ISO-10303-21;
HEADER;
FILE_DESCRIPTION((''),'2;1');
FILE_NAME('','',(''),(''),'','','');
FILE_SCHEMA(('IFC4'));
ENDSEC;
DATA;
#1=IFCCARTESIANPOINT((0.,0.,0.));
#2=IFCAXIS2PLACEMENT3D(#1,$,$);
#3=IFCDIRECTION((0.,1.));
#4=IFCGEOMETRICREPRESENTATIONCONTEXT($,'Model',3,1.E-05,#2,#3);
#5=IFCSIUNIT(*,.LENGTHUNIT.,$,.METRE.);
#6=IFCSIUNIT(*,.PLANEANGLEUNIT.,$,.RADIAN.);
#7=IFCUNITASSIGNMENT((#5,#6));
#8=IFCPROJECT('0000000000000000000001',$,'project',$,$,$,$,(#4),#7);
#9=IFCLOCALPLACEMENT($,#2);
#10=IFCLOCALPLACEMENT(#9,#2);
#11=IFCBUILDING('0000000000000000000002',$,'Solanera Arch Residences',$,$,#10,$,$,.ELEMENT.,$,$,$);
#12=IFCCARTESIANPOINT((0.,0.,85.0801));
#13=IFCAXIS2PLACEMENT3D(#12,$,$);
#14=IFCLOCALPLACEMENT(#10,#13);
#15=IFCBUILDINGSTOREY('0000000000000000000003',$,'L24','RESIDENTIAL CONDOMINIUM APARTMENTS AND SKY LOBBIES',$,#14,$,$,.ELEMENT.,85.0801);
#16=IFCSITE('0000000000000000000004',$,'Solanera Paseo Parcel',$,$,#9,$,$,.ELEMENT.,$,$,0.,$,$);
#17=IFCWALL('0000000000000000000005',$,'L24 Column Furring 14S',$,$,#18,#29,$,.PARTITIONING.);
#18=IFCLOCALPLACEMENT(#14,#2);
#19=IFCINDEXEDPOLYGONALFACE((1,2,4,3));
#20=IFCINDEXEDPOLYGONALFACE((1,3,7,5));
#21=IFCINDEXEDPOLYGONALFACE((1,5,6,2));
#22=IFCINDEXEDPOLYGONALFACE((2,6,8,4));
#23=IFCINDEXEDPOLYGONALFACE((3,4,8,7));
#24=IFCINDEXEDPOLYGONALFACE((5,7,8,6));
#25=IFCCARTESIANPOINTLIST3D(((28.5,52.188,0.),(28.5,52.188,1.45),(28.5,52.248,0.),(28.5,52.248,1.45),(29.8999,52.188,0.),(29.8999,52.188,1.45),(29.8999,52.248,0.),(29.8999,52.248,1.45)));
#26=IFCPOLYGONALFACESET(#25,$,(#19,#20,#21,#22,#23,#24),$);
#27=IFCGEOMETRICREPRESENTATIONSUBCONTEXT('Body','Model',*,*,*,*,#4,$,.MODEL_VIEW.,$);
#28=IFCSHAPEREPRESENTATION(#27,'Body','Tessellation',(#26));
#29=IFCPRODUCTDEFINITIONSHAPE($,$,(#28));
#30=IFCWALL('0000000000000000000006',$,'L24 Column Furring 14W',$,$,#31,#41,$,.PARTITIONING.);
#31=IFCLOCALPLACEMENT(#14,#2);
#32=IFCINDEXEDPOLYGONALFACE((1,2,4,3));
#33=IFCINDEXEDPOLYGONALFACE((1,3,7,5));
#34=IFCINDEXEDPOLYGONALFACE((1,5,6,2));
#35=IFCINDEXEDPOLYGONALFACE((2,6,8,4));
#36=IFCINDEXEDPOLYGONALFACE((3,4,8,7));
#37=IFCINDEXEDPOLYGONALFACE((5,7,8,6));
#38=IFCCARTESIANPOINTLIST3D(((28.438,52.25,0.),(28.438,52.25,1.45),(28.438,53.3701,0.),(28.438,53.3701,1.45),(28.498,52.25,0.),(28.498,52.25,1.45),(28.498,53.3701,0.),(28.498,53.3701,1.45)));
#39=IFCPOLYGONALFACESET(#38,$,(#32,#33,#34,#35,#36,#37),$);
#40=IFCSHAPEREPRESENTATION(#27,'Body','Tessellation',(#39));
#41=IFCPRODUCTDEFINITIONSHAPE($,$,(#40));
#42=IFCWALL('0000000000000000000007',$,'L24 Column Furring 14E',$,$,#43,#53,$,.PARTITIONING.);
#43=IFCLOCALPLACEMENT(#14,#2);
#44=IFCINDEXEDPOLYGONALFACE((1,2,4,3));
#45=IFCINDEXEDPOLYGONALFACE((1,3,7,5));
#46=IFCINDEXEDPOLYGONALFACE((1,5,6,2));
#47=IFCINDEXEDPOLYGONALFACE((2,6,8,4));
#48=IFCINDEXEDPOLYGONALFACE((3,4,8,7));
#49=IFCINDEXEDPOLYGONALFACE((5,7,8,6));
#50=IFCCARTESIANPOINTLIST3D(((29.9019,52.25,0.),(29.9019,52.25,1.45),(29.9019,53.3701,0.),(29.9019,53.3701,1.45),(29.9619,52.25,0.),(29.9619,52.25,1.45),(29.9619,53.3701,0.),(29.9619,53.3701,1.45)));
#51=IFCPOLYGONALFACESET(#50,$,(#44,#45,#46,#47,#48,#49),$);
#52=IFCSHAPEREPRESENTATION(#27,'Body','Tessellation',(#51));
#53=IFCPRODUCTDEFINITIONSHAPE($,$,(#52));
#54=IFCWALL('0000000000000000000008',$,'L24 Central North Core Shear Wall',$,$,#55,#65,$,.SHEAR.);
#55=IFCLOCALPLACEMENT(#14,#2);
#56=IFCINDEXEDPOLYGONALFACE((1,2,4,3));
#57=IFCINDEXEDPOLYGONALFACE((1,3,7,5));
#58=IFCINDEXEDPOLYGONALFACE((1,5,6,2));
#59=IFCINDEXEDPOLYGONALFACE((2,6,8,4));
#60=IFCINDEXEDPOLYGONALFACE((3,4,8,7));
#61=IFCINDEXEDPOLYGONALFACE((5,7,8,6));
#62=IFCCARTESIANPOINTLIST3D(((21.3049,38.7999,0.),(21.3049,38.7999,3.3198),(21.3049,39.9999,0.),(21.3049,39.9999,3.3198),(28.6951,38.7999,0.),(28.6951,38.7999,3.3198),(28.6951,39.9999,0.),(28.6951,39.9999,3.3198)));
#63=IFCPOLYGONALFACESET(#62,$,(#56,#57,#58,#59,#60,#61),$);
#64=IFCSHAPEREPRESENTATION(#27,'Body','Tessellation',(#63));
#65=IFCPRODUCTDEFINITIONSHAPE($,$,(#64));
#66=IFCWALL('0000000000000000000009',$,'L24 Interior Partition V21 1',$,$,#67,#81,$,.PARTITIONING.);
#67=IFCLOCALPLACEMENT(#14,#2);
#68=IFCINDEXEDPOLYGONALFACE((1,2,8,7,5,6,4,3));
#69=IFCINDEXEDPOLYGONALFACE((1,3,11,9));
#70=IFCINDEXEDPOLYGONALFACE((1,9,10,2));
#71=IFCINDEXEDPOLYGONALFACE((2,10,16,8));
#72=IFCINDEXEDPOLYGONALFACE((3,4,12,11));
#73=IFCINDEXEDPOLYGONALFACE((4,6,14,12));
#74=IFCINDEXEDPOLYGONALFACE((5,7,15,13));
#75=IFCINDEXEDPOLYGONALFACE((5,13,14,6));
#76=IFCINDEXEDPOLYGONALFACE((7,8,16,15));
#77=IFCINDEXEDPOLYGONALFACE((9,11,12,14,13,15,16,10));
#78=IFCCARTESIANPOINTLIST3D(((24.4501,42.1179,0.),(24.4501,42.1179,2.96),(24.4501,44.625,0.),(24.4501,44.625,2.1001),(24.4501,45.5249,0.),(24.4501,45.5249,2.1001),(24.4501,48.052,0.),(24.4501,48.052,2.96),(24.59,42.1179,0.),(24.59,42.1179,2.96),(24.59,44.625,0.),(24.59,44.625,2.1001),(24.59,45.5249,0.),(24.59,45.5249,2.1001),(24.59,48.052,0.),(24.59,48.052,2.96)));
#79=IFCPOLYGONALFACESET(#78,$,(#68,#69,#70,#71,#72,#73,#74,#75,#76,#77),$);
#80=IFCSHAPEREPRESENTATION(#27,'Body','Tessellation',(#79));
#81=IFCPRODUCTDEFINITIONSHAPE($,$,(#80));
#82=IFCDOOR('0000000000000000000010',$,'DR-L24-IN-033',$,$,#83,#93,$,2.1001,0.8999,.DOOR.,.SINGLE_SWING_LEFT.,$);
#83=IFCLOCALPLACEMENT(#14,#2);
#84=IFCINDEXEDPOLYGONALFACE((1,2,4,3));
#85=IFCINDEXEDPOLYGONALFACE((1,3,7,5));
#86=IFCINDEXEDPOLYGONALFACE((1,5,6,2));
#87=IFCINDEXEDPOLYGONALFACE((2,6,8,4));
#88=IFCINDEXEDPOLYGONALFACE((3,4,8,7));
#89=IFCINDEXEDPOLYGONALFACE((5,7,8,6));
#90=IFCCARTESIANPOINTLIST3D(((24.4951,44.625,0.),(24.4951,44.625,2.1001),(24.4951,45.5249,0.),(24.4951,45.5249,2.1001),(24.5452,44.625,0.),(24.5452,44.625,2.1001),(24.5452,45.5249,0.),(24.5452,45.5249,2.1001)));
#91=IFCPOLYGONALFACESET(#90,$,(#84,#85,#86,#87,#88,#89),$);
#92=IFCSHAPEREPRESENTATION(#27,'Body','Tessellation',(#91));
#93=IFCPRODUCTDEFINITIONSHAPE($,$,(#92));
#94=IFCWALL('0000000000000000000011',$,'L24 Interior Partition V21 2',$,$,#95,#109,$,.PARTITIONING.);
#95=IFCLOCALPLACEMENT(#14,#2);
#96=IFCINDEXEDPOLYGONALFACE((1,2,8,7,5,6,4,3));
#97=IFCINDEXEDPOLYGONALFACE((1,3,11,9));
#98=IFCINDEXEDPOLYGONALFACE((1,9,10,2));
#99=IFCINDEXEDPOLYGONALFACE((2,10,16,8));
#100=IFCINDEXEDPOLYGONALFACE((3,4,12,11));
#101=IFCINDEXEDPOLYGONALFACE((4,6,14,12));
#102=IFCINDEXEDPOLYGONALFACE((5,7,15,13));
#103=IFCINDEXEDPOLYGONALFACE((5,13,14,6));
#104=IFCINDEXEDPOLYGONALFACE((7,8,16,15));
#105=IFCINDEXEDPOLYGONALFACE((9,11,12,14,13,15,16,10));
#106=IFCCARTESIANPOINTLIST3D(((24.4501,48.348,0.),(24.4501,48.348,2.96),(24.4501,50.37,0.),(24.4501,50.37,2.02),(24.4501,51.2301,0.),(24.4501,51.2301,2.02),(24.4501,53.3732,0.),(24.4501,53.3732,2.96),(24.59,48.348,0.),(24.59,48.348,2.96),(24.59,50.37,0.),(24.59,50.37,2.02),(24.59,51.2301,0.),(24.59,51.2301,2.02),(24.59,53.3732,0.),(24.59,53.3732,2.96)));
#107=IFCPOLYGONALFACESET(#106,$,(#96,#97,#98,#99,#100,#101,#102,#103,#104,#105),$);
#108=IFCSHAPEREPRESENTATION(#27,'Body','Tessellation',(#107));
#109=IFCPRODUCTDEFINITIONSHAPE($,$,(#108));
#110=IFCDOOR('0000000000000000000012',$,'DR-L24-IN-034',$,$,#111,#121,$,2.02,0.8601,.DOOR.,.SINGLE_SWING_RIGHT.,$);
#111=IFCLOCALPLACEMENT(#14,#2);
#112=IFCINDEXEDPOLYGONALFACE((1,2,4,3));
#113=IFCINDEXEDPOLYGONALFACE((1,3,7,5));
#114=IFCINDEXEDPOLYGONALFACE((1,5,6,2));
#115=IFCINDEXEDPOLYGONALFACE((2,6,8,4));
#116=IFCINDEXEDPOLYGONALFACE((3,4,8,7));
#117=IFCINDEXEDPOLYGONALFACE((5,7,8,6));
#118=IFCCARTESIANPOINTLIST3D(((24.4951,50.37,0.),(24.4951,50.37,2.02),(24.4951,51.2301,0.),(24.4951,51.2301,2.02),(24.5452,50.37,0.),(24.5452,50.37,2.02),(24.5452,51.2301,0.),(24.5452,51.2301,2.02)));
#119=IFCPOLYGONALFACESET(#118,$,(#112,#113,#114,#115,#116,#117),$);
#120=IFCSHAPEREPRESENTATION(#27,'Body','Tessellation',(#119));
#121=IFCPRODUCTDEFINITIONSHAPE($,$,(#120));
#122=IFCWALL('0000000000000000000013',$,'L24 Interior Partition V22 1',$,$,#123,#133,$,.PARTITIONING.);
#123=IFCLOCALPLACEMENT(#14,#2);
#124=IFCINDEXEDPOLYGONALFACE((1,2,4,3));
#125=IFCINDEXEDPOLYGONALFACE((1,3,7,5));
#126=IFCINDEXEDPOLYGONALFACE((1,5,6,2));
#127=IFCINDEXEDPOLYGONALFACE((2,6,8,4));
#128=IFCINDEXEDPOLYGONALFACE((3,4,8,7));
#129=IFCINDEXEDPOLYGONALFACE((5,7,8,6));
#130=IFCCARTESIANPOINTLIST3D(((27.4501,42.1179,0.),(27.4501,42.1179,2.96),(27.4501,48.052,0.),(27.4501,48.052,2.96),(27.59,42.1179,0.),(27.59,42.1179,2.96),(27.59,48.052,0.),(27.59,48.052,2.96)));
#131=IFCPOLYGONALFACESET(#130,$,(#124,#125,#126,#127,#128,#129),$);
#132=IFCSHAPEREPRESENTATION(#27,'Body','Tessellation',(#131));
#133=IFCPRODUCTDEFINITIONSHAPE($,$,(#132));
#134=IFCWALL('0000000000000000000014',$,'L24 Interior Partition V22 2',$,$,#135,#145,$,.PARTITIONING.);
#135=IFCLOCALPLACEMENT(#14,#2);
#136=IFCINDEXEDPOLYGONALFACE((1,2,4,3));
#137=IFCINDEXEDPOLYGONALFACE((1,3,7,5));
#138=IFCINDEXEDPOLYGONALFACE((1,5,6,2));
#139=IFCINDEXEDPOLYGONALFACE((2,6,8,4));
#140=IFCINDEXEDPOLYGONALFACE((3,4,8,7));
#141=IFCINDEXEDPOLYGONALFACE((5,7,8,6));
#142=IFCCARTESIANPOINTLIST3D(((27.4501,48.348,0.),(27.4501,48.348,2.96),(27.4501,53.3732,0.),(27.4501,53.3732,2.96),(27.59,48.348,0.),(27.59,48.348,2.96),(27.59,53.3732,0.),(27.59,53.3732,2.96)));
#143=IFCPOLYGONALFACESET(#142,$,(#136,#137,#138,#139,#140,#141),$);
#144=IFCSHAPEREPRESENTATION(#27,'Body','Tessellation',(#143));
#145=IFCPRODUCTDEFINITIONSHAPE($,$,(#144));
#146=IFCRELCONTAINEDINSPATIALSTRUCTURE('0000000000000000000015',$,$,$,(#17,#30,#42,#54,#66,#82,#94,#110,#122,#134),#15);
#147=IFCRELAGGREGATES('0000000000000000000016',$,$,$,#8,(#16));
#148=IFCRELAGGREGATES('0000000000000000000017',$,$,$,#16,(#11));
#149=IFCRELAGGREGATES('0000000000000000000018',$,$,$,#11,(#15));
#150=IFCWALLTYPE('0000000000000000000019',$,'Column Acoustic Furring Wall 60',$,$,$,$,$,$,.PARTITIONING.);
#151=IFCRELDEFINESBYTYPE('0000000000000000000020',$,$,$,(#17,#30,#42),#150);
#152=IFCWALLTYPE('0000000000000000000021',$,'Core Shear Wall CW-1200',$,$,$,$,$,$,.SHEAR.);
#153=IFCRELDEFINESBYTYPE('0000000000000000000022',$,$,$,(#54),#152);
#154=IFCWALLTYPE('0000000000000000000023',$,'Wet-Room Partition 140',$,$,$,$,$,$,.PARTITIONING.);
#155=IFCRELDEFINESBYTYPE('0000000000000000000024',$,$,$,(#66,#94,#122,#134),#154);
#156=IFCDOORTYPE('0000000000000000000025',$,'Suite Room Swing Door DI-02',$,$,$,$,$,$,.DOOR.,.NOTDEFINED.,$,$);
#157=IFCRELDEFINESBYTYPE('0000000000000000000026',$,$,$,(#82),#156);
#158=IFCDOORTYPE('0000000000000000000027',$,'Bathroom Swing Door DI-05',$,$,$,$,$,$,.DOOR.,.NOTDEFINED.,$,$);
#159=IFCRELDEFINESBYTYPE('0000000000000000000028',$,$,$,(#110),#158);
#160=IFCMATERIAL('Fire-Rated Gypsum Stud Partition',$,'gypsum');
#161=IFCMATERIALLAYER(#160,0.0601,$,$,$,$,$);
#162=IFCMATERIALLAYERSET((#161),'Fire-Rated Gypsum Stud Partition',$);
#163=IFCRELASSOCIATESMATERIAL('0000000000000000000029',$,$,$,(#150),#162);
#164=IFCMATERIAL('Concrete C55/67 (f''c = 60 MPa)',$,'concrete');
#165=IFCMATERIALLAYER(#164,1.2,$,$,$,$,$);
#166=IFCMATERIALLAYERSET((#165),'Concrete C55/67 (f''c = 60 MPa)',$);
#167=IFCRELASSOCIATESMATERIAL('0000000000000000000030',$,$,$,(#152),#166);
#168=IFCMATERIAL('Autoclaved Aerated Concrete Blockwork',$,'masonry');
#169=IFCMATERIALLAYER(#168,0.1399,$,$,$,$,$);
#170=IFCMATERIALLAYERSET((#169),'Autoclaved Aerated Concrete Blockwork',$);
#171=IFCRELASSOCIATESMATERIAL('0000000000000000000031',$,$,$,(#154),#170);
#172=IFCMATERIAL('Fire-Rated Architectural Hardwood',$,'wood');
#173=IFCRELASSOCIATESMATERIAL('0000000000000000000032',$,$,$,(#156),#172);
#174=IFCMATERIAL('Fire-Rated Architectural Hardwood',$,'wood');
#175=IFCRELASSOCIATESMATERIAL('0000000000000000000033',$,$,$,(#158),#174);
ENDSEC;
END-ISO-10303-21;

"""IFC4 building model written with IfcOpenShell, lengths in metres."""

from ifc_helpers import new_model, si_unit, direction, frame, frame_2d, origin, place, context, subcontext, project, spatial, rectangle, extrude, material, layer, layer_set, type_object, element, fill, save


model = new_model("IFC4")

# Units and contexts
model_context = context("Model", 3, precision=1e-05, world=origin(), true_north=direction((0.0, 1.0)))
body_context = subcontext(model_context, "Body", "Model", "MODEL_VIEW")
ifc_project = project(units=[si_unit("LENGTHUNIT", "METRE"), si_unit("PLANEANGLEUNIT", "RADIAN")], contexts=[model_context])

# Site, building, storey
site_placement = place(None, origin())
site = spatial("IfcSite", under=ifc_project, at=site_placement, Name="Solanera Paseo Parcel", CompositionType="ELEMENT", RefElevation=0.0)
building_placement = place(site_placement, origin())
building = spatial("IfcBuilding", under=site, at=building_placement, Name="Solanera Arch Residences", CompositionType="ELEMENT")
storey_placement = place(building_placement, frame((0.0, 0.0, 85.0801)))
storey = spatial("IfcBuildingStorey", under=building, at=storey_placement, Name="L24", Description="RESIDENTIAL CONDOMINIUM APARTMENTS AND SKY LOBBIES", CompositionType="ELEMENT", Elevation=85.0801)

# Walls
ifc_material_1 = material(Name="Fire-Rated Gypsum Stud Partition", Category="gypsum")
ifc_layer_1 = layer(ifc_material_1, 0.0601)
ifc_layer_set_1 = layer_set([ifc_layer_1], Name="Fire-Rated Gypsum Stud Partition")
wall_type_1 = type_object("IfcWallType", Name="Column Acoustic Furring Wall 60", PredefinedType="PARTITIONING", material=ifc_layer_set_1)
wall_1_placement = place(storey_placement, frame((28.5, 52.218, 0.0), z_axis=(0.0, 0.0, 1.0), x_axis=(1.0, 0.0, 0.0)))
element("IfcWall", 1, at=wall_1_placement, inside=storey, type_object=wall_type_1, Name="L24 Column Furring 14S", PredefinedType="PARTITIONING", context=body_context, shape_type="SweptSolid", body=[
    extrude(rectangle(XDim=1.3999, YDim=0.0601, at=frame_2d((0.7, 0.0))), origin(), (0.0, 0.0, 1.0), 1.45),
])
for number, where, z_axis, x_axis, name in (
    (2, (28.468, 52.25, 0.0), (0.0, 0.0, 1.0), (0.0, 1.0, 0.0), "L24 Column Furring 14W"),
    (3, (29.9319, 52.25, 0.0), (0.0, 0.0, 1.0), (0.0, 1.0, 0.0), "L24 Column Furring 14E"),
):
    element("IfcWall", number, at=place(storey_placement, frame(where, z_axis=z_axis, x_axis=x_axis)), inside=storey, type_object=wall_type_1, Name=name, PredefinedType="PARTITIONING", context=body_context, shape_type="SweptSolid", body=[
        extrude(rectangle(XDim=1.1201, YDim=0.0601, at=frame_2d((0.5601, 0.0))), origin(), (0.0, 0.0, 1.0), 1.45),
    ])
ifc_material_2 = material(Name="Concrete C55/67 (f'c = 60 MPa)", Category="concrete")
ifc_layer_2 = layer(ifc_material_2, 1.2)
ifc_layer_set_2 = layer_set([ifc_layer_2], Name="Concrete C55/67 (f'c = 60 MPa)")
wall_type_2 = type_object("IfcWallType", Name="Core Shear Wall CW-1200", PredefinedType="SHEAR", material=ifc_layer_set_2)
wall_2_placement = place(storey_placement, frame((21.3049, 39.3999, 0.0), z_axis=(0.0, 0.0, 1.0), x_axis=(1.0, 0.0, 0.0)))
element("IfcWall", 4, at=wall_2_placement, inside=storey, type_object=wall_type_2, Name="L24 Central North Core Shear Wall", PredefinedType="SHEAR", context=body_context, shape_type="SweptSolid", body=[
    extrude(rectangle(XDim=7.3901, YDim=1.2, at=frame_2d((3.6951, 0.0))), origin(), (0.0, 0.0, 1.0), 3.3198),
])

# Walls, openings, doors
ifc_material_3 = material(Name="Autoclaved Aerated Concrete Blockwork", Category="masonry")
ifc_layer_3 = layer(ifc_material_3, 0.1399)
ifc_layer_set_3 = layer_set([ifc_layer_3], Name="Autoclaved Aerated Concrete Blockwork")
wall_type_3 = type_object("IfcWallType", Name="Wet-Room Partition 140", PredefinedType="PARTITIONING", material=ifc_layer_set_3)
wall_3_placement = place(storey_placement, frame((24.52, 42.1179, 0.0), z_axis=(0.0, 0.0, 1.0), x_axis=(0.0, 1.0, 0.0)))
wall_3 = element("IfcWall", 5, at=wall_3_placement, inside=storey, type_object=wall_type_3, Name="L24 Interior Partition V21 1", PredefinedType="PARTITIONING", context=body_context, shape_type="SweptSolid", body=[
    extrude(rectangle(XDim=5.9341, YDim=0.1399, at=frame_2d((2.967, 0.0))), origin(), (0.0, 0.0, 1.0), 2.96),
])
opening_1_placement = place(wall_3_placement, frame((2.5071, 0.0, 0.0)))
opening_1 = element("IfcOpeningElement", 6, at=opening_1_placement, cuts=wall_3, PredefinedType="OPENING", context=body_context, shape_type="SweptSolid", body=[
    extrude(rectangle(XDim=0.8999, YDim=2.1001, at=frame_2d((0.45, 1.05))), frame((0.0, 0.0798, 0.0), z_axis=(0.0, -1.0, 0.0), x_axis=(1.0, 0.0, 0.0)), (0.0, 0.0, 1.0), 0.1599),
])
ifc_material_4 = material(Name="Fire-Rated Architectural Hardwood", Category="wood")
door_type_1 = type_object("IfcDoorType", Name="Suite Room Swing Door DI-02", OperationType="NOTDEFINED", PredefinedType="DOOR", material=ifc_material_4)
door_1_placement = place(opening_1_placement, origin())
door_1 = element("IfcDoor", 7, at=door_1_placement, inside=storey, type_object=door_type_1, Name="DR-L24-IN-033", OperationType="SINGLE_SWING_LEFT", OverallHeight=2.1001, OverallWidth=0.8999, PredefinedType="DOOR", context=body_context, shape_type="SweptSolid", body=[
    extrude(rectangle(XDim=0.8999, YDim=2.1001, at=frame_2d((0.45, 1.05))), frame((0.0, 0.0249, 0.0), z_axis=(0.0, -1.0, 0.0), x_axis=(1.0, 0.0, 0.0)), (0.0, 0.0, 1.0), 0.05),
])
fill(opening_1, door_1)
wall_4_placement = place(storey_placement, frame((24.52, 48.3479, 0.0), z_axis=(0.0, 0.0, 1.0), x_axis=(0.0, 1.0, 0.0)))
wall_4 = element("IfcWall", 8, at=wall_4_placement, inside=storey, type_object=wall_type_3, Name="L24 Interior Partition V21 2", PredefinedType="PARTITIONING", context=body_context, shape_type="SweptSolid", body=[
    extrude(rectangle(XDim=5.0251, YDim=0.1399, at=frame_2d((2.5127, 0.0))), origin(), (0.0, 0.0, 1.0), 2.96),
])
opening_2_placement = place(wall_4_placement, frame((2.022, 0.0, 0.0)))
opening_2 = element("IfcOpeningElement", 9, at=opening_2_placement, cuts=wall_4, PredefinedType="OPENING", context=body_context, shape_type="SweptSolid", body=[
    extrude(rectangle(XDim=0.8601, YDim=2.02, at=frame_2d((0.4302, 1.01))), frame((0.0, 0.0798, 0.0), z_axis=(0.0, -1.0, 0.0), x_axis=(1.0, 0.0, 0.0)), (0.0, 0.0, 1.0), 0.1599),
])
ifc_material_5 = material(Name="Fire-Rated Architectural Hardwood", Category="wood")
door_type_2 = type_object("IfcDoorType", Name="Bathroom Swing Door DI-05", OperationType="NOTDEFINED", PredefinedType="DOOR", material=ifc_material_5)
door_2_placement = place(opening_2_placement, origin())
door_2 = element("IfcDoor", 10, at=door_2_placement, inside=storey, type_object=door_type_2, Name="DR-L24-IN-034", OperationType="SINGLE_SWING_RIGHT", OverallHeight=2.02, OverallWidth=0.8601, PredefinedType="DOOR", context=body_context, shape_type="SweptSolid", body=[
    extrude(rectangle(XDim=0.8601, YDim=2.02, at=frame_2d((0.4302, 1.01))), frame((0.0, 0.0249, 0.0), z_axis=(0.0, -1.0, 0.0), x_axis=(1.0, 0.0, 0.0)), (0.0, 0.0, 1.0), 0.05),
])
fill(opening_2, door_2)

# Walls
wall_5_placement = place(storey_placement, frame((27.52, 42.1179, 0.0), z_axis=(0.0, 0.0, 1.0), x_axis=(0.0, 1.0, 0.0)))
element("IfcWall", 11, at=wall_5_placement, inside=storey, type_object=wall_type_3, Name="L24 Interior Partition V22 1", PredefinedType="PARTITIONING", context=body_context, shape_type="SweptSolid", body=[
    extrude(rectangle(XDim=5.9341, YDim=0.1399, at=frame_2d((2.967, 0.0))), origin(), (0.0, 0.0, 1.0), 2.96),
])
wall_6_placement = place(storey_placement, frame((27.52, 48.3479, 0.0), z_axis=(0.0, 0.0, 1.0), x_axis=(0.0, 1.0, 0.0)))
element("IfcWall", 12, at=wall_6_placement, inside=storey, type_object=wall_type_3, Name="L24 Interior Partition V22 2", PredefinedType="PARTITIONING", context=body_context, shape_type="SweptSolid", body=[
    extrude(rectangle(XDim=5.0251, YDim=0.1399, at=frame_2d((2.5127, 0.0))), origin(), (0.0, 0.0, 1.0), 2.96),
])

save(model, "model.ifc")
